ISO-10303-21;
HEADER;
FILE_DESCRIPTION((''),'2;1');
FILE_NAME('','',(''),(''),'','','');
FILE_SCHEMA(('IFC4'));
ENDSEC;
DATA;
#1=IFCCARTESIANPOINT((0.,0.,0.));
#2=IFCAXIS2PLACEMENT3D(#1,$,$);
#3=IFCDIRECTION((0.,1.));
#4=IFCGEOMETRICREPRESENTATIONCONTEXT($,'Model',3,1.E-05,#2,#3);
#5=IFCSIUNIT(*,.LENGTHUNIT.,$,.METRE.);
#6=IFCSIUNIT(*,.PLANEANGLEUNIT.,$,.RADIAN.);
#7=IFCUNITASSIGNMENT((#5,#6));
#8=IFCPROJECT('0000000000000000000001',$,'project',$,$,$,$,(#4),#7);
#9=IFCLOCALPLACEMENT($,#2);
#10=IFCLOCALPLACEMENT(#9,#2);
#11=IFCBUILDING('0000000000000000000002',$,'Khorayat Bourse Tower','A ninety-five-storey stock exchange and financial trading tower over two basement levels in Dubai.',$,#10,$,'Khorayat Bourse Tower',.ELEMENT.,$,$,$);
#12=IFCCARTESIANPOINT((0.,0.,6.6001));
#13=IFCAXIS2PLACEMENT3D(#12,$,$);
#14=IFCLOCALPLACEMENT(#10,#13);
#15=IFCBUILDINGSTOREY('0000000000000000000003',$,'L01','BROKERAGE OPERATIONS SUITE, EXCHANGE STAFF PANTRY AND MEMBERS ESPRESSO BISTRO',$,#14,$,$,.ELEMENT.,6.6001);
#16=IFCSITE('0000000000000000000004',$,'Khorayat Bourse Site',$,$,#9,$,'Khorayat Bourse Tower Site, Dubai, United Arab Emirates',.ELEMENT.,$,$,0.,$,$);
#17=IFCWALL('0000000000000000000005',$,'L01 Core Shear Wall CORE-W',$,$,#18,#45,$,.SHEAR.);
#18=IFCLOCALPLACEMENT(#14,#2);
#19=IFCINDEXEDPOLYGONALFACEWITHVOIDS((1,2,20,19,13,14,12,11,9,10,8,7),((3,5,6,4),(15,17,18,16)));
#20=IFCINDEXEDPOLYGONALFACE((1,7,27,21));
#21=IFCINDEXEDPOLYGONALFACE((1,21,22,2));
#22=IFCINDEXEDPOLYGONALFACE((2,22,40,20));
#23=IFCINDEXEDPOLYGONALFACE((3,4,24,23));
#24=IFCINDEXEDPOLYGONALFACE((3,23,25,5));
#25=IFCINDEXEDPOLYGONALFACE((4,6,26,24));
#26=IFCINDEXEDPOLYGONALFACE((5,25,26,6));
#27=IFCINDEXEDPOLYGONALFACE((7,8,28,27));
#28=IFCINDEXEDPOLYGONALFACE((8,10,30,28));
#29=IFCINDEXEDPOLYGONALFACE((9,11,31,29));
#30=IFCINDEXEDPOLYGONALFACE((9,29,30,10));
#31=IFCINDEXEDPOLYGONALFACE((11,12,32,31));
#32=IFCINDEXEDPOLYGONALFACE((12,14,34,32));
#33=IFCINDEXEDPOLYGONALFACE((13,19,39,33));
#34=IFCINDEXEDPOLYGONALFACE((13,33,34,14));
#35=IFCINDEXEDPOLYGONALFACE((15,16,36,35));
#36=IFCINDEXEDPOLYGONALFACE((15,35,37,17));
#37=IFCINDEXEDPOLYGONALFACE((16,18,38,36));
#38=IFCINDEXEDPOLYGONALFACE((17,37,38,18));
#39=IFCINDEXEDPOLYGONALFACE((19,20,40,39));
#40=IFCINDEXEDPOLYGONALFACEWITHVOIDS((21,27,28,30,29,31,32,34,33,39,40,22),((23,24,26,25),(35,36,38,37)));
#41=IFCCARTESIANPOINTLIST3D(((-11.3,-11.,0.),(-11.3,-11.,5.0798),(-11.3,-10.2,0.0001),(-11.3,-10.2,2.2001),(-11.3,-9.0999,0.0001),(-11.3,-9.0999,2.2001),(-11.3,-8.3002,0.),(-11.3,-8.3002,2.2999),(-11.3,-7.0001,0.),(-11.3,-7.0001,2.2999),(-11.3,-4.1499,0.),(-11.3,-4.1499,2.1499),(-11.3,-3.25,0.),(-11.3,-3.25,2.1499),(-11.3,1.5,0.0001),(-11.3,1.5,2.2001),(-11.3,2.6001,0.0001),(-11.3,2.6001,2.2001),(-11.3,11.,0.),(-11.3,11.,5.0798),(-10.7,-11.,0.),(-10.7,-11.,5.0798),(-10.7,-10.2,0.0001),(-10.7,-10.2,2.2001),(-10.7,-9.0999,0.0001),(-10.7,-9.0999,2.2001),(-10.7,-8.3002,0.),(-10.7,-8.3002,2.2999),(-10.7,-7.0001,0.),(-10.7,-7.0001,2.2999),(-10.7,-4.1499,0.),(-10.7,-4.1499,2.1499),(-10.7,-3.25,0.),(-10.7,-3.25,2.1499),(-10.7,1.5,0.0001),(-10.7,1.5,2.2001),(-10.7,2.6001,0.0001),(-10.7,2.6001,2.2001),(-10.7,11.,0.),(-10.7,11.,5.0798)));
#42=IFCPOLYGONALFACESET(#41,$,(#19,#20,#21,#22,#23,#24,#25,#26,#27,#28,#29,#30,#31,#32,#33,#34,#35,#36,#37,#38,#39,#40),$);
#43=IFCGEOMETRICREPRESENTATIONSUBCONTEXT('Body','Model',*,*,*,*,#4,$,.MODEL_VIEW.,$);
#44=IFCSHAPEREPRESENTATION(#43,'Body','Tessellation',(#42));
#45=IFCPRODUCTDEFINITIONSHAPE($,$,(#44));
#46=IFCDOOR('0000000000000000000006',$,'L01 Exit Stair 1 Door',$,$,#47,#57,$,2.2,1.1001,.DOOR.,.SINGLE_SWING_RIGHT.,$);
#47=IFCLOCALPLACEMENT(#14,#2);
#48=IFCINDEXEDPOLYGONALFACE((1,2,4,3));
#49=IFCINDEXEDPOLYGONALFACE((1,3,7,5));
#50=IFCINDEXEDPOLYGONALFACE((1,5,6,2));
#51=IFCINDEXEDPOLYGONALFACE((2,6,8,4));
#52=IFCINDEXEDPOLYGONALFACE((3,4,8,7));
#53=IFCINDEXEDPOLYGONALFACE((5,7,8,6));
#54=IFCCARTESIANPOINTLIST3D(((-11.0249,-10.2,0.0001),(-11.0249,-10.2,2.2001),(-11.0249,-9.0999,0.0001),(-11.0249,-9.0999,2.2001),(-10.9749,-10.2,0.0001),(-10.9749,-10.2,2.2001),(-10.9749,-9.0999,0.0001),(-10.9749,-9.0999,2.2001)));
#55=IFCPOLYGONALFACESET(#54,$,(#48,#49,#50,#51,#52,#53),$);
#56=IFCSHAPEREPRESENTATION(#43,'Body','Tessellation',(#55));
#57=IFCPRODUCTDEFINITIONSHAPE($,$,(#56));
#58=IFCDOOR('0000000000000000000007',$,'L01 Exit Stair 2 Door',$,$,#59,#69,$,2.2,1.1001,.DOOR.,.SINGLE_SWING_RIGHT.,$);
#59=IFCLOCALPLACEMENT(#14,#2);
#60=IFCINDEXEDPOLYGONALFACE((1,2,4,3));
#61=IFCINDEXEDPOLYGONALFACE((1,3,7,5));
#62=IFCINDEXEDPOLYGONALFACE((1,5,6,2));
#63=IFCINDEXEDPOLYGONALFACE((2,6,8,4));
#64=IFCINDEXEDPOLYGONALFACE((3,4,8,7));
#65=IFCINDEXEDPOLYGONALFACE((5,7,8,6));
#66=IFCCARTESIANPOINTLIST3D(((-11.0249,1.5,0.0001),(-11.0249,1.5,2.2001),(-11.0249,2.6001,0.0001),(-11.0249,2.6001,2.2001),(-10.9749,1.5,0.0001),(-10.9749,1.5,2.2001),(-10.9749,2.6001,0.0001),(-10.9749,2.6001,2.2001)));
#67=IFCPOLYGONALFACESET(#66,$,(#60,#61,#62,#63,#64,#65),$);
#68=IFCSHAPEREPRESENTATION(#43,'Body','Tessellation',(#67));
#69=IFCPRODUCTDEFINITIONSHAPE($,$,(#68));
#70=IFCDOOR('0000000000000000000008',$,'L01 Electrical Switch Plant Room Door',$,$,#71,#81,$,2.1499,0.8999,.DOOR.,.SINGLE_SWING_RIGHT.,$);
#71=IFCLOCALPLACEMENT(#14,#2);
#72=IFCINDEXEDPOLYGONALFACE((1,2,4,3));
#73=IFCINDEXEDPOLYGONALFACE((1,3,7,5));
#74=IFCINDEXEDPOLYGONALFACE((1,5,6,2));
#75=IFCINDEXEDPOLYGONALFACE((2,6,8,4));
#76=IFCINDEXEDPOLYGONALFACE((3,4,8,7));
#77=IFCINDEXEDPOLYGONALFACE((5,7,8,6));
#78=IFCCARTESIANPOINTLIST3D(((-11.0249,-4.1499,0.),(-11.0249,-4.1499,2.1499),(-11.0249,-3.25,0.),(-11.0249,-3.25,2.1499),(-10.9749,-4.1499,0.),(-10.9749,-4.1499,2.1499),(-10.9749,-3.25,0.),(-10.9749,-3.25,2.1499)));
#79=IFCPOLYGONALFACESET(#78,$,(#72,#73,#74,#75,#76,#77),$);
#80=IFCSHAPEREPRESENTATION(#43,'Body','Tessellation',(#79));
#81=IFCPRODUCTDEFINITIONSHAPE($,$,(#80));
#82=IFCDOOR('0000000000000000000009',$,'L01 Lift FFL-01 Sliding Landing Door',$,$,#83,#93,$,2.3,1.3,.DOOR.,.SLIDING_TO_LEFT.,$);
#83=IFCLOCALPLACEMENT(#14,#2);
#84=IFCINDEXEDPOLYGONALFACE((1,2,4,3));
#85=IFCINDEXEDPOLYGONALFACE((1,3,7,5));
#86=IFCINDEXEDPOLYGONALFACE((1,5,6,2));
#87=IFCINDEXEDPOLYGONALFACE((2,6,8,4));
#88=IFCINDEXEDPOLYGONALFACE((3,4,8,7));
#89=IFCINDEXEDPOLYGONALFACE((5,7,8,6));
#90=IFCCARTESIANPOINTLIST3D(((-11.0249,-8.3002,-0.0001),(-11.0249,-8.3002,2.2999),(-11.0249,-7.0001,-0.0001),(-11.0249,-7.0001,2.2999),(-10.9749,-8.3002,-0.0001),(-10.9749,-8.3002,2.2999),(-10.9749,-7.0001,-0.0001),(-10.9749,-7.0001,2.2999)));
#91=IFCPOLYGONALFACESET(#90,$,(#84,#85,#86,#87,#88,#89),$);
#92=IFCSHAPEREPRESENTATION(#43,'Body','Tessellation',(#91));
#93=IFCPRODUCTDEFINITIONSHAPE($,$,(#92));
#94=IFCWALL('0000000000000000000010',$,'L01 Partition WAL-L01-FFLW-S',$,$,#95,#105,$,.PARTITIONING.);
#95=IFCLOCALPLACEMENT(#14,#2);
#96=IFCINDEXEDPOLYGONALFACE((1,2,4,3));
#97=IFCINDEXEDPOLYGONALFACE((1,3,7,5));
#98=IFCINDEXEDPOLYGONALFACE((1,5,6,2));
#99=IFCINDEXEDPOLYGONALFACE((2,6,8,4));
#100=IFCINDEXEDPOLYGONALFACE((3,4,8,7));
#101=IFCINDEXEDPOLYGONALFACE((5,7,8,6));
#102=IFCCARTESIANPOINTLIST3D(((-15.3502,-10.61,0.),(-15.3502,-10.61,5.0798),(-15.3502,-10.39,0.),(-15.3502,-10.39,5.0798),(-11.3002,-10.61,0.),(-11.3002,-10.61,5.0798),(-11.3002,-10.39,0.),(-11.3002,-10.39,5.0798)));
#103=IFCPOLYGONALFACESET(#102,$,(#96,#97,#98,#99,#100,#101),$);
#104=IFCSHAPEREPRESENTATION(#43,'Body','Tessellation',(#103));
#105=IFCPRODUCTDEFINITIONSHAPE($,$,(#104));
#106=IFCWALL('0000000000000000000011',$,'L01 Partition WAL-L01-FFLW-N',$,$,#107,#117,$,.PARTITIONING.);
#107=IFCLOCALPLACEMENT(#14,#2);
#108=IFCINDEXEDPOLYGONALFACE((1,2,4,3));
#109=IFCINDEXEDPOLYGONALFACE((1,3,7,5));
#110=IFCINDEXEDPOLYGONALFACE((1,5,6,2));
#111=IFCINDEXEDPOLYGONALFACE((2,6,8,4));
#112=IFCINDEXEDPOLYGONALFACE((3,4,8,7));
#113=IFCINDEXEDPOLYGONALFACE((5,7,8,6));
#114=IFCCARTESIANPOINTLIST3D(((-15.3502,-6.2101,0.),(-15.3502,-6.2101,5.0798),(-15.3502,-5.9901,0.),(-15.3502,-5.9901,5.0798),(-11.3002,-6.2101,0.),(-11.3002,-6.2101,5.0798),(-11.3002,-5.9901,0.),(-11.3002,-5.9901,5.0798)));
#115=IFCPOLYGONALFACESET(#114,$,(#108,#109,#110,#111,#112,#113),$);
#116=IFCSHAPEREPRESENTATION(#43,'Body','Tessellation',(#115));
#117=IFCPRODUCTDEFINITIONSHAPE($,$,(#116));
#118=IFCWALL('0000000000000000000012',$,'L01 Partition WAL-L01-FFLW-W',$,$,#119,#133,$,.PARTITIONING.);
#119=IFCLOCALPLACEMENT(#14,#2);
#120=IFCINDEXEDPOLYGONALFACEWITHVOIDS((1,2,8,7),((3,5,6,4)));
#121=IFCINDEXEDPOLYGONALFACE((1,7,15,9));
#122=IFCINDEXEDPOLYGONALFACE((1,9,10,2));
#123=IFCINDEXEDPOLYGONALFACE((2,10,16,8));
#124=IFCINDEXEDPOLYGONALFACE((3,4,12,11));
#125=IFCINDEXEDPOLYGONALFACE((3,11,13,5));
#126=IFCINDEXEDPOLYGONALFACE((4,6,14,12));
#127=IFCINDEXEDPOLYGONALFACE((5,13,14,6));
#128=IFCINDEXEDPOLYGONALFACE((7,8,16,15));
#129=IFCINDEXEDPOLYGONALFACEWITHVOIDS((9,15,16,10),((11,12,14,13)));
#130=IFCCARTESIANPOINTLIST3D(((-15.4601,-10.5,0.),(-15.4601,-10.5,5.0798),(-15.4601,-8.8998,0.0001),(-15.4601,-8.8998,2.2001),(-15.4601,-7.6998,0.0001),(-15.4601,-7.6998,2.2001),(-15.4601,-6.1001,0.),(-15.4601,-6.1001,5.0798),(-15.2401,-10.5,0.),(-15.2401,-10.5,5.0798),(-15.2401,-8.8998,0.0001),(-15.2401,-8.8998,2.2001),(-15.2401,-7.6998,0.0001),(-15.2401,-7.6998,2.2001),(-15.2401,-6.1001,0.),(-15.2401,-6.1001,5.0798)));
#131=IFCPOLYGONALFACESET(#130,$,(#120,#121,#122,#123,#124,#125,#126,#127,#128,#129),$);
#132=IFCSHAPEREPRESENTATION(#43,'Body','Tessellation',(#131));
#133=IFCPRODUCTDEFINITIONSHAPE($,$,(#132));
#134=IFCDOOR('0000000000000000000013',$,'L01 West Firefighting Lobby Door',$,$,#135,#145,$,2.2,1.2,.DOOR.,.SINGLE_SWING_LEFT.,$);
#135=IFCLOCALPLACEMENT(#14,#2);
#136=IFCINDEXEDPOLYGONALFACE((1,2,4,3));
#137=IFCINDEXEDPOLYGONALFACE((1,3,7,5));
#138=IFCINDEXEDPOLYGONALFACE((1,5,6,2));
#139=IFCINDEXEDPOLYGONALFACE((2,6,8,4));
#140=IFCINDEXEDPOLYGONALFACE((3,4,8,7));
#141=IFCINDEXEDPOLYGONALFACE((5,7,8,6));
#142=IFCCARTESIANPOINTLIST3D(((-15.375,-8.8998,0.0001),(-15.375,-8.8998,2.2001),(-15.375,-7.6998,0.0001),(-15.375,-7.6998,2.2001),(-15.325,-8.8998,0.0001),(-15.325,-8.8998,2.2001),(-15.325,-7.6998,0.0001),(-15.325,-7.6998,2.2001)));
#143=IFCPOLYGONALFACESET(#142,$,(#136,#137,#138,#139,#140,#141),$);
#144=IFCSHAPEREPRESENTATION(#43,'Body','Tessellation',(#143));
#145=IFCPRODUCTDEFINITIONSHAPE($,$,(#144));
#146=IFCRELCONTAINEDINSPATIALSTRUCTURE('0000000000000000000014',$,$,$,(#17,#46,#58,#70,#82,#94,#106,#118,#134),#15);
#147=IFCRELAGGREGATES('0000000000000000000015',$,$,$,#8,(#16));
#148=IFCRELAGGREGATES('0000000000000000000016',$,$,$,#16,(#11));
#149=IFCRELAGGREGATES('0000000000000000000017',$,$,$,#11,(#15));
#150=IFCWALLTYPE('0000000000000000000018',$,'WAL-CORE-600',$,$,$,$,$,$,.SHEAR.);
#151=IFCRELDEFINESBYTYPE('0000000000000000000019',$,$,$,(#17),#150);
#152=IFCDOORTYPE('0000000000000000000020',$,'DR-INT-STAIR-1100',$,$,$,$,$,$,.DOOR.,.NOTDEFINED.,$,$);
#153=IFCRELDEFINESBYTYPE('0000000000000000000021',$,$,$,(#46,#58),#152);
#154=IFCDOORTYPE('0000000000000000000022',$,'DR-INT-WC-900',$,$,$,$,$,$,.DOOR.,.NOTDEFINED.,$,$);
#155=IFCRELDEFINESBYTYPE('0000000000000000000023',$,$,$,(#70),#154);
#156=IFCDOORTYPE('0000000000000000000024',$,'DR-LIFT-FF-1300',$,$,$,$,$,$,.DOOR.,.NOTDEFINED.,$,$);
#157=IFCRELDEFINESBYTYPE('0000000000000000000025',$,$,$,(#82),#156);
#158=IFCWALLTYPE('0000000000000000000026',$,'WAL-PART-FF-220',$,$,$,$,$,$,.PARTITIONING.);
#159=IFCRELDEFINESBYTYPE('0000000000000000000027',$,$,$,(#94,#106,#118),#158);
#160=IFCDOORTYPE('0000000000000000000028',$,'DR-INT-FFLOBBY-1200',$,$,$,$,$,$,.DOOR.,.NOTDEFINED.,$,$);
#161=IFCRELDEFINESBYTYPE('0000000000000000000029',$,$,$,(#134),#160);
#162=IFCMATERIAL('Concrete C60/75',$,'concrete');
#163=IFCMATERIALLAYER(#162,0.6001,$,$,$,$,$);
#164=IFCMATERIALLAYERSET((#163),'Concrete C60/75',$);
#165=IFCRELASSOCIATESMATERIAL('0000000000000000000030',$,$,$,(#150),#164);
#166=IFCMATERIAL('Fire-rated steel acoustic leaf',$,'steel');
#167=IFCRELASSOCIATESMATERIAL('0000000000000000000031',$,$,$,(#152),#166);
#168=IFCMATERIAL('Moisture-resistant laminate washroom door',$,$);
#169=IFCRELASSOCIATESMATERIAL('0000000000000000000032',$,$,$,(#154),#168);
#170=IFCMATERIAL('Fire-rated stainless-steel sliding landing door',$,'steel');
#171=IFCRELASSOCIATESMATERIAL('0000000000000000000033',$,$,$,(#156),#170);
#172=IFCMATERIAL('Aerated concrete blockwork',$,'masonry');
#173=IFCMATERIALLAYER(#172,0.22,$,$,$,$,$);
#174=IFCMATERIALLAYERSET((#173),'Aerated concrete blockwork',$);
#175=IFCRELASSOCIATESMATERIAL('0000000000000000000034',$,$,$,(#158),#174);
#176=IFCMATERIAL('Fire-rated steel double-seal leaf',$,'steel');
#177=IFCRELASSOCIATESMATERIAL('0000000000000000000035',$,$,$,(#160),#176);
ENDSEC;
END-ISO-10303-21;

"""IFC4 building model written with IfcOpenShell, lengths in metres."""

from ifc_helpers import new_model, si_unit, direction, frame, frame_2d, origin, place, context, subcontext, project, spatial, rectangle, extrude, source, transform, mapped, material, layer, layer_set, type_object, element, fill, save


model = new_model("IFC4")

# Units and contexts
model_context = context("Model", 3, precision=1e-05, world=origin(), true_north=direction((0.0, 1.0)))
body_context = subcontext(model_context, "Body", "Model", "MODEL_VIEW")
ifc_project = project(units=[si_unit("LENGTHUNIT", "METRE"), si_unit("PLANEANGLEUNIT", "RADIAN")], contexts=[model_context])

# Site, building, storey
site_placement = place(None, origin())
site = spatial("IfcSite", under=ifc_project, at=site_placement, Name="Khorayat Bourse Site", LongName="Khorayat Bourse Tower Site, Dubai, United Arab Emirates", CompositionType="ELEMENT", RefElevation=0.0)
building_placement = place(site_placement, origin())
building = spatial("IfcBuilding", under=site, at=building_placement, Name="Khorayat Bourse Tower", Description="A ninety-five-storey stock exchange and financial trading tower over two basement levels in Dubai.", LongName="Khorayat Bourse Tower", CompositionType="ELEMENT")
storey_placement = place(building_placement, frame((0.0, 0.0, 6.6001)))
storey = spatial("IfcBuildingStorey", under=building, at=storey_placement, Name="L01", Description="BROKERAGE OPERATIONS SUITE, EXCHANGE STAFF PANTRY AND MEMBERS ESPRESSO BISTRO", CompositionType="ELEMENT", Elevation=6.6001)

# Wall, openings, doors
ifc_material_1 = material(Name="Concrete C60/75", Category="concrete")
ifc_layer_1 = layer(ifc_material_1, 0.6001)
ifc_layer_set_1 = layer_set([ifc_layer_1], Name="Concrete C60/75")
wall_type_1 = type_object("IfcWallType", Name="WAL-CORE-600", PredefinedType="SHEAR", material=ifc_layer_set_1)
shared_shape_1 = source(origin(), body_context, "Body", "SweptSolid", [
    extrude(rectangle(XDim=22.0, YDim=0.6001, at=frame_2d((11.0, 0.0))), origin(), (0.0, 0.0, 1.0), 5.0798),
])
wall_1_placement = place(storey_placement, frame((-11.0, -11.0, 0.0), z_axis=(0.0, 0.0, 1.0), x_axis=(0.0, 1.0, 0.0)))
wall_1 = element("IfcWall", 1, at=wall_1_placement, inside=storey, type_object=wall_type_1, Name="L01 Core Shear Wall CORE-W", PredefinedType="SHEAR", context=body_context, shape_type="MappedRepresentation", body=[
    mapped(shared_shape_1, transform((0.0, 0.0, 0.0), scale=1.0)),
])
shared_shape_2 = source(origin(), body_context, "Body", "SweptSolid", [
    extrude(rectangle(XDim=1.1001, YDim=2.2, at=frame_2d((0.55, 1.1001))), frame((0.0, 0.3101, 0.0), z_axis=(0.0, -1.0, 0.0), x_axis=(1.0, 0.0, 0.0)), (0.0, 0.0, 1.0), 0.6201),
])
opening_1_placement = place(wall_1_placement, frame((0.8, 0.0, 0.0)))
opening_1 = element("IfcOpeningElement", 2, at=opening_1_placement, cuts=wall_1, PredefinedType="OPENING", context=body_context, shape_type="MappedRepresentation", body=[
    mapped(shared_shape_2, transform((0.0, 0.0, 0.0), scale=1.0)),
])
opening_2_placement = place(wall_1_placement, frame((12.5, 0.0, 0.0)))
opening_2 = element("IfcOpeningElement", 3, at=opening_2_placement, cuts=wall_1, PredefinedType="OPENING", context=body_context, shape_type="MappedRepresentation", body=[
    mapped(shared_shape_2, transform((0.0, 0.0, 0.0), scale=1.0)),
])
shared_shape_3 = source(origin(), body_context, "Body", "SweptSolid", [
    extrude(rectangle(XDim=0.8999, YDim=2.1499, at=frame_2d((0.45, 1.075))), frame((0.0, 0.3101, 0.0), z_axis=(0.0, -1.0, 0.0), x_axis=(1.0, 0.0, 0.0)), (0.0, 0.0, 1.0), 0.6201),
])
opening_3_placement = place(wall_1_placement, frame((6.8501, 0.0, 0.0)))
opening_3 = element("IfcOpeningElement", 4, at=opening_3_placement, cuts=wall_1, PredefinedType="OPENING", context=body_context, shape_type="MappedRepresentation", body=[
    mapped(shared_shape_3, transform((0.0, 0.0, 0.0), scale=1.0)),
])
shared_shape_4 = source(origin(), body_context, "Body", "SweptSolid", [
    extrude(rectangle(XDim=1.3, YDim=2.3, at=frame_2d((0.6499, 1.1499))), frame((0.0, 0.3101, 0.0), z_axis=(0.0, -1.0, 0.0), x_axis=(1.0, 0.0, 0.0)), (0.0, 0.0, 1.0), 0.6201),
])
opening_4_placement = place(wall_1_placement, frame((2.7, 0.0, 0.0)))
opening_4 = element("IfcOpeningElement", 5, at=opening_4_placement, cuts=wall_1, PredefinedType="OPENING", context=body_context, shape_type="MappedRepresentation", body=[
    mapped(shared_shape_4, transform((0.0, 0.0, 0.0), scale=1.0)),
])
ifc_material_2 = material(Name="Fire-rated steel acoustic leaf", Category="steel")
door_type_1 = type_object("IfcDoorType", Name="DR-INT-STAIR-1100", OperationType="NOTDEFINED", PredefinedType="DOOR", material=ifc_material_2)
shared_shape_5 = source(origin(), body_context, "Body", "SweptSolid", [
    extrude(rectangle(XDim=1.1001, YDim=2.2, at=frame_2d((0.55, 1.1001))), frame((0.0, 0.0249, 0.0), z_axis=(0.0, -1.0, 0.0), x_axis=(1.0, 0.0, 0.0)), (0.0, 0.0, 1.0), 0.05),
])
door_1_placement = place(opening_1_placement, origin())
door_1 = element("IfcDoor", 6, at=door_1_placement, inside=storey, type_object=door_type_1, Name="L01 Exit Stair 1 Door", OperationType="SINGLE_SWING_RIGHT", OverallHeight=2.2, OverallWidth=1.1001, PredefinedType="DOOR", context=body_context, shape_type="MappedRepresentation", body=[
    mapped(shared_shape_5, transform((0.0, 0.0, 0.0), scale=1.0)),
])
fill(opening_1, door_1)
door_2_placement = place(opening_2_placement, origin())
door_2 = element("IfcDoor", 7, at=door_2_placement, inside=storey, type_object=door_type_1, Name="L01 Exit Stair 2 Door", OperationType="SINGLE_SWING_RIGHT", OverallHeight=2.2, OverallWidth=1.1001, PredefinedType="DOOR", context=body_context, shape_type="MappedRepresentation", body=[
    mapped(shared_shape_5, transform((0.0, 0.0, 0.0), scale=1.0)),
])
fill(opening_2, door_2)
ifc_material_3 = material(Name="Moisture-resistant laminate washroom door")
door_type_2 = type_object("IfcDoorType", Name="DR-INT-WC-900", OperationType="NOTDEFINED", PredefinedType="DOOR", material=ifc_material_3)
shared_shape_6 = source(origin(), body_context, "Body", "SweptSolid", [
    extrude(rectangle(XDim=0.8999, YDim=2.1499, at=frame_2d((0.45, 1.075))), frame((0.0, 0.0249, 0.0), z_axis=(0.0, -1.0, 0.0), x_axis=(1.0, 0.0, 0.0)), (0.0, 0.0, 1.0), 0.05),
])
door_3_placement = place(opening_3_placement, origin())
door_3 = element("IfcDoor", 8, at=door_3_placement, inside=storey, type_object=door_type_2, Name="L01 Electrical Switch Plant Room Door", OperationType="SINGLE_SWING_RIGHT", OverallHeight=2.1499, OverallWidth=0.8999, PredefinedType="DOOR", context=body_context, shape_type="MappedRepresentation", body=[
    mapped(shared_shape_6, transform((0.0, 0.0, 0.0), scale=1.0)),
])
fill(opening_3, door_3)
ifc_material_4 = material(Name="Fire-rated stainless-steel sliding landing door", Category="steel")
door_type_3 = type_object("IfcDoorType", Name="DR-LIFT-FF-1300", OperationType="NOTDEFINED", PredefinedType="DOOR", material=ifc_material_4)
shared_shape_7 = source(origin(), body_context, "Body", "SweptSolid", [
    extrude(rectangle(XDim=1.3, YDim=2.3, at=frame_2d((0.6499, 1.1499))), frame((0.0, 0.0249, 0.0), z_axis=(0.0, -1.0, 0.0), x_axis=(1.0, 0.0, 0.0)), (0.0, 0.0, 1.0), 0.05),
])
door_4_placement = place(opening_4_placement, origin())
door_4 = element("IfcDoor", 9, at=door_4_placement, inside=storey, type_object=door_type_3, Name="L01 Lift FFL-01 Sliding Landing Door", OperationType="SLIDING_TO_LEFT", OverallHeight=2.3, OverallWidth=1.3, PredefinedType="DOOR", context=body_context, shape_type="MappedRepresentation", body=[
    mapped(shared_shape_7, transform((0.0, 0.0, 0.0), scale=1.0)),
])
fill(opening_4, door_4)

# Walls
ifc_material_5 = material(Name="Aerated concrete blockwork", Category="masonry")
ifc_layer_2 = layer(ifc_material_5, 0.22)
ifc_layer_set_2 = layer_set([ifc_layer_2], Name="Aerated concrete blockwork")
wall_type_2 = type_object("IfcWallType", Name="WAL-PART-FF-220", PredefinedType="PARTITIONING", material=ifc_layer_set_2)
shared_shape_8 = source(origin(), body_context, "Body", "SweptSolid", [
    extrude(rectangle(XDim=4.05, YDim=0.22, at=frame_2d((2.0249, 0.0))), origin(), (0.0, 0.0, 1.0), 5.0798),
])
for number, where, z_axis, x_axis, name in (
    (10, (-15.3501, -10.5, 0.0), (0.0, 0.0, 1.0), (1.0, 0.0, 0.0), "L01 Partition WAL-L01-FFLW-S"),
    (11, (-15.3501, -6.1001, 0.0), (0.0, 0.0, 1.0), (1.0, 0.0, 0.0), "L01 Partition WAL-L01-FFLW-N"),
):
    element("IfcWall", number, at=place(storey_placement, frame(where, z_axis=z_axis, x_axis=x_axis)), inside=storey, type_object=wall_type_2, Name=name, PredefinedType="PARTITIONING", context=body_context, shape_type="MappedRepresentation", body=[
        mapped(shared_shape_8, transform((0.0, 0.0, 0.0), scale=1.0)),
    ])

# Wall, opening, door
shared_shape_9 = source(origin(), body_context, "Body", "SweptSolid", [
    extrude(rectangle(XDim=4.3999, YDim=0.22, at=frame_2d((2.2, 0.0))), origin(), (0.0, 0.0, 1.0), 5.0798),
])
wall_2_placement = place(storey_placement, frame((-15.3501, -10.5, 0.0), z_axis=(0.0, 0.0, 1.0), x_axis=(0.0, 1.0, 0.0)))
wall_2 = element("IfcWall", 12, at=wall_2_placement, inside=storey, type_object=wall_type_2, Name="L01 Partition WAL-L01-FFLW-W", PredefinedType="PARTITIONING", context=body_context, shape_type="MappedRepresentation", body=[
    mapped(shared_shape_9, transform((0.0, 0.0, 0.0), scale=1.0)),
])
shared_shape_10 = source(origin(), body_context, "Body", "SweptSolid", [
    extrude(rectangle(XDim=1.2, YDim=2.2, at=frame_2d((0.6001, 1.1001))), frame((0.0, 0.1199, 0.0), z_axis=(0.0, -1.0, 0.0), x_axis=(1.0, 0.0, 0.0)), (0.0, 0.0, 1.0), 0.24),
])
opening_5_placement = place(wall_2_placement, frame((1.6001, 0.0, 0.0)))
opening_5 = element("IfcOpeningElement", 13, at=opening_5_placement, cuts=wall_2, PredefinedType="OPENING", context=body_context, shape_type="MappedRepresentation", body=[
    mapped(shared_shape_10, transform((0.0, 0.0, 0.0), scale=1.0)),
])
ifc_material_6 = material(Name="Fire-rated steel double-seal leaf", Category="steel")
door_type_4 = type_object("IfcDoorType", Name="DR-INT-FFLOBBY-1200", OperationType="NOTDEFINED", PredefinedType="DOOR", material=ifc_material_6)
shared_shape_11 = source(origin(), body_context, "Body", "SweptSolid", [
    extrude(rectangle(XDim=1.2, YDim=2.2, at=frame_2d((0.6001, 1.1001))), frame((0.0, 0.0249, 0.0), z_axis=(0.0, -1.0, 0.0), x_axis=(1.0, 0.0, 0.0)), (0.0, 0.0, 1.0), 0.05),
])
door_5_placement = place(opening_5_placement, origin())
door_5 = element("IfcDoor", 14, at=door_5_placement, inside=storey, type_object=door_type_4, Name="L01 West Firefighting Lobby Door", OperationType="SINGLE_SWING_LEFT", OverallHeight=2.2, OverallWidth=1.2, PredefinedType="DOOR", context=body_context, shape_type="MappedRepresentation", body=[
    mapped(shared_shape_11, transform((0.0, 0.0, 0.0), scale=1.0)),
])
fill(opening_5, door_5)

save(model, "model.ifc")
